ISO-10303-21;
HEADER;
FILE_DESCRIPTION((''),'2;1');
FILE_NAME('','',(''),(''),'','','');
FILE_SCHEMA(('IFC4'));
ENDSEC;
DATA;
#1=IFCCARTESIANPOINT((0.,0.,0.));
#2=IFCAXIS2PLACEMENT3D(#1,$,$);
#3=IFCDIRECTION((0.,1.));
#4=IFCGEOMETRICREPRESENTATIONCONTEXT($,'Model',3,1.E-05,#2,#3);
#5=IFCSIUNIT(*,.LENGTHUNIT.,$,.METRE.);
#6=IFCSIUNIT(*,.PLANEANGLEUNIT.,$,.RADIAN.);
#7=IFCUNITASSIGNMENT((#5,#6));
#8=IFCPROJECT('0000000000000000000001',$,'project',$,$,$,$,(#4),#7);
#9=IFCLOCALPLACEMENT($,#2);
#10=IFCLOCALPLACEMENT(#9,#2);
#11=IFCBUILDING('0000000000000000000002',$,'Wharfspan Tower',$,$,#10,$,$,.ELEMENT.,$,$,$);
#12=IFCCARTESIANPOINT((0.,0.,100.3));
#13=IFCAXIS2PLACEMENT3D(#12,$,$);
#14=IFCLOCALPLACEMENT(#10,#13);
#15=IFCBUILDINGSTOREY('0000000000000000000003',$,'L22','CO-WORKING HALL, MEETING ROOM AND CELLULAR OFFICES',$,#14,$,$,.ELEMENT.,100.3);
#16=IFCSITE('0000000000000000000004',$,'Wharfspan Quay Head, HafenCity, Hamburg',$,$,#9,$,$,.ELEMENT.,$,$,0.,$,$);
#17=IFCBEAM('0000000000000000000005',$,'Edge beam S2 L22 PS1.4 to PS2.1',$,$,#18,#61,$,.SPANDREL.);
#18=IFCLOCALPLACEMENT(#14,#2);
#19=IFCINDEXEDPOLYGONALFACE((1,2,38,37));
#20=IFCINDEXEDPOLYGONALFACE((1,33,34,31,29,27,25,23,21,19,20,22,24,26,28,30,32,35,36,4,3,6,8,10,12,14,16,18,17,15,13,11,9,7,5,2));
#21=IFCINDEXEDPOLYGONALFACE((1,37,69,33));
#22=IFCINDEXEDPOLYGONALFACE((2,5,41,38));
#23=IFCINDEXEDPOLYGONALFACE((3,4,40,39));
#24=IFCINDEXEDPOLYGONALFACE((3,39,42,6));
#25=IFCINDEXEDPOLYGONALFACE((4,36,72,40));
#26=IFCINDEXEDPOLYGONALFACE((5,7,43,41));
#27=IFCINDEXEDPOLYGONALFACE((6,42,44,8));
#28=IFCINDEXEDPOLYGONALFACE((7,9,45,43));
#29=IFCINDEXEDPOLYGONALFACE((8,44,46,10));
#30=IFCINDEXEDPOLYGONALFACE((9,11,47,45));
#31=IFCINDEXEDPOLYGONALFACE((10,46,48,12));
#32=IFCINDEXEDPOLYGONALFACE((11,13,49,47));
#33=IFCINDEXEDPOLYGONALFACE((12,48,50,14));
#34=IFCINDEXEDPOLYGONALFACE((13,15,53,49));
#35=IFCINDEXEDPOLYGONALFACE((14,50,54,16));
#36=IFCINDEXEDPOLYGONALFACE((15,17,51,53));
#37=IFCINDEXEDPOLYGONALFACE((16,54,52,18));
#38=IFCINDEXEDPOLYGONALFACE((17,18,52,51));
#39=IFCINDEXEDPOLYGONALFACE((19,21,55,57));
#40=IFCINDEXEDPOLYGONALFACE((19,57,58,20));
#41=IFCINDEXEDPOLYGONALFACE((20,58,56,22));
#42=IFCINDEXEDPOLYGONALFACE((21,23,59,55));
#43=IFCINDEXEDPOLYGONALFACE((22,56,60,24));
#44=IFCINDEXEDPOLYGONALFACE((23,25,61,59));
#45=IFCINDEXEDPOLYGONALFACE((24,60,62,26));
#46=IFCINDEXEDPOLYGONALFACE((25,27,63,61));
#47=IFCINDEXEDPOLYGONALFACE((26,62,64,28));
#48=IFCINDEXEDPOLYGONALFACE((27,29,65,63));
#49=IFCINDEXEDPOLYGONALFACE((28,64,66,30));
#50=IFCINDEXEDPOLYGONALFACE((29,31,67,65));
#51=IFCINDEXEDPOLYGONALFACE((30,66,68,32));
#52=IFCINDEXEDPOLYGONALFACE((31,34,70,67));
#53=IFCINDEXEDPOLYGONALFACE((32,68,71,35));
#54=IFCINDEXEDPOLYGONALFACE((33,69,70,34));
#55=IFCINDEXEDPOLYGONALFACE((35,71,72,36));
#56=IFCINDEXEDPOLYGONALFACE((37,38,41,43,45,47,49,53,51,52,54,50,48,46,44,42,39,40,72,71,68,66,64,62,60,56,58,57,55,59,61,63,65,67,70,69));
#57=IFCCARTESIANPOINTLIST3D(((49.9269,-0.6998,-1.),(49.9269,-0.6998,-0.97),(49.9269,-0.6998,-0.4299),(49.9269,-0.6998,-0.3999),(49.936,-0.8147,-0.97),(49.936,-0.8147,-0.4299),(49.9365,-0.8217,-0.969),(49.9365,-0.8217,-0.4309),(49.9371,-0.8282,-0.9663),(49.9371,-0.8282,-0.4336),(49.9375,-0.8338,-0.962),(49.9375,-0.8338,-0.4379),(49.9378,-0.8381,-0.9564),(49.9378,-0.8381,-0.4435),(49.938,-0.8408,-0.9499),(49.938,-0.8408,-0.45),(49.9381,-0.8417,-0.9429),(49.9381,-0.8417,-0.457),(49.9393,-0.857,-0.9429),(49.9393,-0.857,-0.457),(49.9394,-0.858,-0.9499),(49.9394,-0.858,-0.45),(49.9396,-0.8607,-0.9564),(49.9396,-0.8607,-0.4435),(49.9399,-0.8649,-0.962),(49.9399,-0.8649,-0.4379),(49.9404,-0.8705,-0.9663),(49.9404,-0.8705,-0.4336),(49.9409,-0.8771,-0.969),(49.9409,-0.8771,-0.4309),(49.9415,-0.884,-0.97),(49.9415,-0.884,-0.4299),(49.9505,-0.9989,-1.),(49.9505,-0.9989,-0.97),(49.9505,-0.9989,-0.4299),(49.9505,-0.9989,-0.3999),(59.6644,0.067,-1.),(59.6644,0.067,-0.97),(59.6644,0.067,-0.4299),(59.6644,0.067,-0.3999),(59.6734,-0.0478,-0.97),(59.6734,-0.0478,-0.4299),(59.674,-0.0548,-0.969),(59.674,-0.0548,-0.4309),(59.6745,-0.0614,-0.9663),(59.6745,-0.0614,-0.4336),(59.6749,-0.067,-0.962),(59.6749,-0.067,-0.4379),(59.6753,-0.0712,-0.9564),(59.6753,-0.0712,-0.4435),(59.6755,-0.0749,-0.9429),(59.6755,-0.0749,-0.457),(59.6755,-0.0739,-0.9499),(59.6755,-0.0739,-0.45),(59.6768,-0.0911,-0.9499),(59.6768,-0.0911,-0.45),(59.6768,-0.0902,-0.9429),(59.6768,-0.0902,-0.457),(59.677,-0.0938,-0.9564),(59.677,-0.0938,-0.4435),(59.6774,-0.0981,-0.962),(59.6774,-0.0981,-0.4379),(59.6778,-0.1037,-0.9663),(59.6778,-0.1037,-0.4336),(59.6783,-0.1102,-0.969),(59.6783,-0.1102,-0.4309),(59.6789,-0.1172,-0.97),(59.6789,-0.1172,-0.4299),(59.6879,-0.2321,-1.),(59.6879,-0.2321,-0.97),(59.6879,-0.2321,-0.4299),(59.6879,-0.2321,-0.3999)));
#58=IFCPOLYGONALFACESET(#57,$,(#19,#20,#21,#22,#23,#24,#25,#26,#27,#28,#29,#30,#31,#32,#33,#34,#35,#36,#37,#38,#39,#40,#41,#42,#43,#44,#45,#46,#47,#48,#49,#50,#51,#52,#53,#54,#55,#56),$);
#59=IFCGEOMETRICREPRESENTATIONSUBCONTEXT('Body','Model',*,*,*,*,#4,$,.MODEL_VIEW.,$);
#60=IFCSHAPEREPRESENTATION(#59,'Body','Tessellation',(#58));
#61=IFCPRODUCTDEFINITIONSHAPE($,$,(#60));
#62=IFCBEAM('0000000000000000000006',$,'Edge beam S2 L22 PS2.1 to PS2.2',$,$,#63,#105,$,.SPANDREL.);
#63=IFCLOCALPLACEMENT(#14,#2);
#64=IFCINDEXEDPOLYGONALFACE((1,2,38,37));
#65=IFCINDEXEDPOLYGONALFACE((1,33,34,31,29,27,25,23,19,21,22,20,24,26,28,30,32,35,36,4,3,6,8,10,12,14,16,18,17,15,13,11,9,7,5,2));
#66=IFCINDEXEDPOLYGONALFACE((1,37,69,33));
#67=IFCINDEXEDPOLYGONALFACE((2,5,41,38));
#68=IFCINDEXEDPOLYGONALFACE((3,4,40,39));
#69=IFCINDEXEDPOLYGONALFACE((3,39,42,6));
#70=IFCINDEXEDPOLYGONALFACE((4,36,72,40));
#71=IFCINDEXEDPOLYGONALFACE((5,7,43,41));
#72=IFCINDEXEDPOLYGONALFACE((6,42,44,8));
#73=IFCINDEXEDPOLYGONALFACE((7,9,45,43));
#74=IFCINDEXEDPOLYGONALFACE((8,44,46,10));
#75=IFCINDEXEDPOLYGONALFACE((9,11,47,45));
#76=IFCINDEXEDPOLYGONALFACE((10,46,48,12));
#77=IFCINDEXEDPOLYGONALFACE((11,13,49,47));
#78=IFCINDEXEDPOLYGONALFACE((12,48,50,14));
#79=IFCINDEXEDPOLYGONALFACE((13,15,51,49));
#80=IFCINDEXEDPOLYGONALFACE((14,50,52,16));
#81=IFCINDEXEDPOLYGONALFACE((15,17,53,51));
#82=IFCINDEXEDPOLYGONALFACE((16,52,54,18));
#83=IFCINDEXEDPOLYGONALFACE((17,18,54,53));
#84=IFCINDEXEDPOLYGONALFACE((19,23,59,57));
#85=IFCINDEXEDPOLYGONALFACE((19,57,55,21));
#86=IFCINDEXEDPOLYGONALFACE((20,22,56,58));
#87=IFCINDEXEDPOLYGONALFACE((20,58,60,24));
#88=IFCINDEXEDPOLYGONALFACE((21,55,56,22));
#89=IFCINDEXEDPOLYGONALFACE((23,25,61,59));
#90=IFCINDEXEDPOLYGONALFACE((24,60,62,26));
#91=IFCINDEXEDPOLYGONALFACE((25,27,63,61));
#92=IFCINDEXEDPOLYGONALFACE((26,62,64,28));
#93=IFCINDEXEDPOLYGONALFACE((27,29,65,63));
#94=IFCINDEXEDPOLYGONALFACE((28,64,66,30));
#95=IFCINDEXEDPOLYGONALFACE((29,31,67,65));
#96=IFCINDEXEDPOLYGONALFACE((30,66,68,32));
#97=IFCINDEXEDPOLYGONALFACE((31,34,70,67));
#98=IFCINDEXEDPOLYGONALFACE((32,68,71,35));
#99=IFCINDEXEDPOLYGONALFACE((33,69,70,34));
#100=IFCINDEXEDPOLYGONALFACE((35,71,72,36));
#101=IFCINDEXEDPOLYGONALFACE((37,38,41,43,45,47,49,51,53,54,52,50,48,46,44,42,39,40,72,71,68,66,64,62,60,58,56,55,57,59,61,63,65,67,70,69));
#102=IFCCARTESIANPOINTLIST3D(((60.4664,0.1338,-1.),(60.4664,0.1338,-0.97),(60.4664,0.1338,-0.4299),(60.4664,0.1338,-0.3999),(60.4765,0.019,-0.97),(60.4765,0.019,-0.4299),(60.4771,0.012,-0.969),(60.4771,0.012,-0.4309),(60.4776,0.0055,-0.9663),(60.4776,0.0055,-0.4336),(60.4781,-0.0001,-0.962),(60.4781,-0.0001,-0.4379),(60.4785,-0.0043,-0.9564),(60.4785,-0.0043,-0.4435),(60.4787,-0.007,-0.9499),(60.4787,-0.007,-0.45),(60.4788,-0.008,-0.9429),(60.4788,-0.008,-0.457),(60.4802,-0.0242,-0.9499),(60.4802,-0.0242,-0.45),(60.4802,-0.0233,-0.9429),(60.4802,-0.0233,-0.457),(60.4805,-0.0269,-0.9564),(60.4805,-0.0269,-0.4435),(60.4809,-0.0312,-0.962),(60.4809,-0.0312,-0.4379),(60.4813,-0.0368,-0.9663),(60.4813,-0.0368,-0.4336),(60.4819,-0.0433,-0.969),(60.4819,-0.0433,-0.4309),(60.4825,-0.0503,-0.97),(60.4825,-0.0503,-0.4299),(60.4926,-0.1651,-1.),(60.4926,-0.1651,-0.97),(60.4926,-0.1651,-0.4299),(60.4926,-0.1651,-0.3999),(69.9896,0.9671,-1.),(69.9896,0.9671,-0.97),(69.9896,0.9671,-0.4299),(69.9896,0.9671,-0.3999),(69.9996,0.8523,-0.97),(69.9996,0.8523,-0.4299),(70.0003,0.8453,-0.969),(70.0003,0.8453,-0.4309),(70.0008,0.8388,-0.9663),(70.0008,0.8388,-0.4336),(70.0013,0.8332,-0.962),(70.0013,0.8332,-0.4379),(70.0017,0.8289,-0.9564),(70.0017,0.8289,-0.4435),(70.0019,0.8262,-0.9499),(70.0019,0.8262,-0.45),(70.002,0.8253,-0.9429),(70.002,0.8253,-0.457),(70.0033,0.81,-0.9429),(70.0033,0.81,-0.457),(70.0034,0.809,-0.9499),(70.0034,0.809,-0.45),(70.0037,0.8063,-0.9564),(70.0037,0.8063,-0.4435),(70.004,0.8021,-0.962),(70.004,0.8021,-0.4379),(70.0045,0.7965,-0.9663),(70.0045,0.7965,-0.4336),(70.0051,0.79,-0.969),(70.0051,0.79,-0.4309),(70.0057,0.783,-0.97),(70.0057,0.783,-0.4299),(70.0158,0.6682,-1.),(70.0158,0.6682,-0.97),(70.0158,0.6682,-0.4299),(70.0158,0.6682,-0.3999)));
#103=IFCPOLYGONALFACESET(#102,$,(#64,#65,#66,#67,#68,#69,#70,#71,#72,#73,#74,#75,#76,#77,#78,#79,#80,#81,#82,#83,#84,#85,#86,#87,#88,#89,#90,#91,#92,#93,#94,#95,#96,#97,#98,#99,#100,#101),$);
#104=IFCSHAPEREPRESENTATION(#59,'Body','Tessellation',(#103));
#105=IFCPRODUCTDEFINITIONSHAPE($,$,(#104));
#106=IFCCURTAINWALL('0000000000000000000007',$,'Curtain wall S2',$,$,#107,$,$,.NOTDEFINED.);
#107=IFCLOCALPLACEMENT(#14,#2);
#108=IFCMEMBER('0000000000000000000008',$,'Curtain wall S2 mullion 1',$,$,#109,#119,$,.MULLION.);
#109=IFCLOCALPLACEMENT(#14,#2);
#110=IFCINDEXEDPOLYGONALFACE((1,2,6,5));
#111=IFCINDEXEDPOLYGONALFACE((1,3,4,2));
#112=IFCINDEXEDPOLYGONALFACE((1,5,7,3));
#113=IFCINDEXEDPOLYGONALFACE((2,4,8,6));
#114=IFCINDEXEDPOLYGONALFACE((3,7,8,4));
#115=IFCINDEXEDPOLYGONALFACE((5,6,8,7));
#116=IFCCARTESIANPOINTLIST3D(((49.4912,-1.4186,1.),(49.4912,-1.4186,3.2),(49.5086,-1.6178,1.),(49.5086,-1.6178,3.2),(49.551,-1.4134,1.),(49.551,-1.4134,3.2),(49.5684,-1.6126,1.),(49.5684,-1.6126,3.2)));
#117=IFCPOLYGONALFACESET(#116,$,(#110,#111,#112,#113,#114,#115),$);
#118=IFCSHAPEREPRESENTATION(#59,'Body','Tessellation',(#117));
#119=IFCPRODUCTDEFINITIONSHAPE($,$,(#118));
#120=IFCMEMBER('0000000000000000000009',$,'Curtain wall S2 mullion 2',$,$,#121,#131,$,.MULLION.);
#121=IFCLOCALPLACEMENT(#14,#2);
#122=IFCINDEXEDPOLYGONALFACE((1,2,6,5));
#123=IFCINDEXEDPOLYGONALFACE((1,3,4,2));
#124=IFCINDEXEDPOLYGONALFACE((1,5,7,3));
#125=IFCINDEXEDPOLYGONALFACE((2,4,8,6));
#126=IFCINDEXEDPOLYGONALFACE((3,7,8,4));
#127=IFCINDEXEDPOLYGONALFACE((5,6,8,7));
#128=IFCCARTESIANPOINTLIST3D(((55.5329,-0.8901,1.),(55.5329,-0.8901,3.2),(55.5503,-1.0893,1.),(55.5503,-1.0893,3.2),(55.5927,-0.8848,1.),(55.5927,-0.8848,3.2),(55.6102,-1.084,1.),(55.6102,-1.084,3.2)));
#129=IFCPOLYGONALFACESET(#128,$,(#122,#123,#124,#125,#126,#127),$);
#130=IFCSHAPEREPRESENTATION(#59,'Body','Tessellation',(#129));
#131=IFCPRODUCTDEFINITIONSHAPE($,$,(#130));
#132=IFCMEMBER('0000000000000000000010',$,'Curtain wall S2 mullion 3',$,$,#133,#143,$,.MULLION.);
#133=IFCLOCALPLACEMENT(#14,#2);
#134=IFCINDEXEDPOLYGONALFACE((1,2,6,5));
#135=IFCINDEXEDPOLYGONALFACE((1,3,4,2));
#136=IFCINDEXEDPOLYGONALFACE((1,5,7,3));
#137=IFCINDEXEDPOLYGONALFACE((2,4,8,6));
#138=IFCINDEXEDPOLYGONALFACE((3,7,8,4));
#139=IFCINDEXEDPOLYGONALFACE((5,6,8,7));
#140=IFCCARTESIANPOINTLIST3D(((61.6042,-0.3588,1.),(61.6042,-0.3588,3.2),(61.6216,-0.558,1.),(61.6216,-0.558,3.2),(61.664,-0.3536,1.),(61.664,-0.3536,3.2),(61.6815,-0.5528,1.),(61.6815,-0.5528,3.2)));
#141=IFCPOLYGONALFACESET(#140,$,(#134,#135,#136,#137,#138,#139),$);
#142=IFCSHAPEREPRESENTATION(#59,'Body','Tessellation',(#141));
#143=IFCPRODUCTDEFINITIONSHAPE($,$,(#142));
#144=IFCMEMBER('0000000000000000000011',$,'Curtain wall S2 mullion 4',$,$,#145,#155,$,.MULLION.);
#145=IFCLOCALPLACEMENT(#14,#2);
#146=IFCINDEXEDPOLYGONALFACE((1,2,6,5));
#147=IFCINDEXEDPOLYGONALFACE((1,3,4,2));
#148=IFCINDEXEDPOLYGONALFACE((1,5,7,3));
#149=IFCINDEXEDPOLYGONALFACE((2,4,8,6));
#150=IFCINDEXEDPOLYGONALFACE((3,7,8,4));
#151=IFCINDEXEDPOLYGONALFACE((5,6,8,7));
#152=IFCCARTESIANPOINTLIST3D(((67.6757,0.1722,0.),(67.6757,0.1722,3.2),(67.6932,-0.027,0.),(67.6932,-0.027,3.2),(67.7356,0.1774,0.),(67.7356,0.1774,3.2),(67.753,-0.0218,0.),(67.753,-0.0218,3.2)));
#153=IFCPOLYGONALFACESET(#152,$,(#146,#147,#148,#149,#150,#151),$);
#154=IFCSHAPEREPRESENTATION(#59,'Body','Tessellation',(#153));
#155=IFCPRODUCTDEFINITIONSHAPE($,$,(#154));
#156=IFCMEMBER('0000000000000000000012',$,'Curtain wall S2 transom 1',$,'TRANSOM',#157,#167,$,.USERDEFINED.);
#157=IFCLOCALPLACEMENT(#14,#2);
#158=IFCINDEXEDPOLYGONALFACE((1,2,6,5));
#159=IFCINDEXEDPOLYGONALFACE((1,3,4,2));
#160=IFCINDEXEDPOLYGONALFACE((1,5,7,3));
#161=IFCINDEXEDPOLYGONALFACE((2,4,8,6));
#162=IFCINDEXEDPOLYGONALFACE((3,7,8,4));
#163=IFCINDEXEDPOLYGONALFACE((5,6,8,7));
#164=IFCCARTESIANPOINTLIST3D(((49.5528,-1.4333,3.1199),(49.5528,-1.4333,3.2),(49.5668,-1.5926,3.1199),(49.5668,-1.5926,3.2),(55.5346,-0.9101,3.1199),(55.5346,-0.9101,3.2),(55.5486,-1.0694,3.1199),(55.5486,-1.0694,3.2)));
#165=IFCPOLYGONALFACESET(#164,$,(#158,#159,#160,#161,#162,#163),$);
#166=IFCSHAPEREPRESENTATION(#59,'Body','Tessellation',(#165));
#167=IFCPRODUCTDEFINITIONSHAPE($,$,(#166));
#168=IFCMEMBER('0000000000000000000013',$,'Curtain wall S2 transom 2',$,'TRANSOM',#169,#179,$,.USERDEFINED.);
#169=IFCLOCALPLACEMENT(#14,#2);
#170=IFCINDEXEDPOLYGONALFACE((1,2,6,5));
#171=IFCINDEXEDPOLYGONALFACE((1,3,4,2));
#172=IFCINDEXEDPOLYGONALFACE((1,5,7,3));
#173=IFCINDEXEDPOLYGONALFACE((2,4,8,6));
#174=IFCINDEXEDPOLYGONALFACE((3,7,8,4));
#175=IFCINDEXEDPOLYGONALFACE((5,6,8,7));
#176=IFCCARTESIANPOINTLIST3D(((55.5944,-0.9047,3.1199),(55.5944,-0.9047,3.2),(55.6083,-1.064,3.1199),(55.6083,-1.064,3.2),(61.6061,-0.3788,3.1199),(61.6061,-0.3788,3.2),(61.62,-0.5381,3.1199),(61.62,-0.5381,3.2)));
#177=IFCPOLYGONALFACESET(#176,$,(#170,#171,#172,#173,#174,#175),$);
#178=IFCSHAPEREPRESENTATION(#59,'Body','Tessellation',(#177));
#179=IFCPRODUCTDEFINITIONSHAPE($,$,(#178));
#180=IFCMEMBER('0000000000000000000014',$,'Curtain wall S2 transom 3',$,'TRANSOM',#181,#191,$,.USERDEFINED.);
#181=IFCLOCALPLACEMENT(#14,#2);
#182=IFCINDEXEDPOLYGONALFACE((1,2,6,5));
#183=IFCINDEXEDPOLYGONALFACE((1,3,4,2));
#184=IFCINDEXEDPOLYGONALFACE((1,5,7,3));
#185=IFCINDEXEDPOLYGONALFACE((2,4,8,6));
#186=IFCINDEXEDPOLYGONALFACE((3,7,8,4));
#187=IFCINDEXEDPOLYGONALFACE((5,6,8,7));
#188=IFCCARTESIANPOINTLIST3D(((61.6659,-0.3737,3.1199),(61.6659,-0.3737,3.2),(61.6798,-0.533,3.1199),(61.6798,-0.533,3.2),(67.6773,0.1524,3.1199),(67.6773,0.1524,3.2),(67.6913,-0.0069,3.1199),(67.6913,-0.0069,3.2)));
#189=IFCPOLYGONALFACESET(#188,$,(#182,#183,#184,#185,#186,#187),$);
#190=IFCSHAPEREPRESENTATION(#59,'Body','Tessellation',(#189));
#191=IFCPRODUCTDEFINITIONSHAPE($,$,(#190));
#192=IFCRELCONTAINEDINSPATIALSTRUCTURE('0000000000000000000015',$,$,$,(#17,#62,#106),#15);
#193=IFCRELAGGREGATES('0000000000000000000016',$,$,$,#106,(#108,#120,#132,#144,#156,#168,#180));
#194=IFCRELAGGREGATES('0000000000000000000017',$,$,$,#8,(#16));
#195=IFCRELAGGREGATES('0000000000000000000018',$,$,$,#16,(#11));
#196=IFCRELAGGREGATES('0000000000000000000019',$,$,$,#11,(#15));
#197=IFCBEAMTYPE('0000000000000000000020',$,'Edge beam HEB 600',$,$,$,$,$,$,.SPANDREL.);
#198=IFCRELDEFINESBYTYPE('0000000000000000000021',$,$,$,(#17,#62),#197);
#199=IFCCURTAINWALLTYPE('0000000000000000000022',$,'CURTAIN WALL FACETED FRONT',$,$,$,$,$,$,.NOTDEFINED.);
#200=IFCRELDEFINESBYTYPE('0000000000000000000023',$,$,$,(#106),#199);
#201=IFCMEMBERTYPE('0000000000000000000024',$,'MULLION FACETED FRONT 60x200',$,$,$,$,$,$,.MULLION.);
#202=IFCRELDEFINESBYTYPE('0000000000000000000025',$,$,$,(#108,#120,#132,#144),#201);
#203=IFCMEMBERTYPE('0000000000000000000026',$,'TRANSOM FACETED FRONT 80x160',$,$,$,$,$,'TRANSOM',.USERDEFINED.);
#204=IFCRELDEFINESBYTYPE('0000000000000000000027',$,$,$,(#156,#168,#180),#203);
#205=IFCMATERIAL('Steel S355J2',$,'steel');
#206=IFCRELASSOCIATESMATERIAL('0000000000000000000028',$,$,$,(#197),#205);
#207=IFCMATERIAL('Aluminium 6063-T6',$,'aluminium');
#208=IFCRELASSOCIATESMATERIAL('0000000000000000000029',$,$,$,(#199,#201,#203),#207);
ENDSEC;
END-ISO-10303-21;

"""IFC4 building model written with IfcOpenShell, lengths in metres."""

from ifc_helpers import new_model, si_unit, direction, frame, origin, origin_2d, place, context, subcontext, project, spatial, rectangle, i_section, extrude, material, material_profile, profile_set, type_object, element, aggregate, save


model = new_model("IFC4")

# Units and contexts
model_context = context("Model", 3, precision=1e-05, world=origin(), true_north=direction((0.0, 1.0)))
body_context = subcontext(model_context, "Body", "Model", "MODEL_VIEW")
ifc_project = project(units=[si_unit("LENGTHUNIT", "METRE"), si_unit("PLANEANGLEUNIT", "RADIAN")], contexts=[model_context])

# Site, building, storey
site_placement = place(None, origin())
site = spatial("IfcSite", under=ifc_project, at=site_placement, Name="Wharfspan Quay Head, HafenCity, Hamburg", CompositionType="ELEMENT", RefElevation=0.0)
building_placement = place(site_placement, origin())
building = spatial("IfcBuilding", under=site, at=building_placement, Name="Wharfspan Tower", CompositionType="ELEMENT")
storey_placement = place(building_placement, frame((0.0, 0.0, 100.3)))
storey = spatial("IfcBuildingStorey", under=building, at=storey_placement, Name="L22", Description="CO-WORKING HALL, MEETING ROOM AND CELLULAR OFFICES", CompositionType="ELEMENT", Elevation=100.3)

# Shared definitions
ifc_material_1 = material(Name="Steel S355J2", Category="steel")

# Beams
ifc_material_profile_1 = material_profile(ifc_material_1, i_section(OverallWidth=0.3, OverallDepth=0.6001, WebThickness=0.0154, FlangeThickness=0.03, FilletRadius=0.0271, at=origin_2d()))
ifc_profile_set_1 = profile_set([ifc_material_profile_1], Name="Steel S355J2")
beam_type = type_object("IfcBeamType", Name="Edge beam HEB 600", PredefinedType="SPANDREL", material=ifc_profile_set_1)
beam_1_placement = place(storey_placement, frame((49.9387, -0.8494, -0.7), z_axis=(0.996913, 0.078508, 0.0), x_axis=(-0.078508, 0.996913, 0.0)))
element("IfcBeam", 1, at=beam_1_placement, inside=storey, type_object=beam_type, Name="Edge beam S2 L22 PS1.4 to PS2.1", PredefinedType="SPANDREL", context=body_context, shape_type="SweptSolid", body=[
    extrude(i_section(OverallWidth=0.3, OverallDepth=0.6001, WebThickness=0.0154, FlangeThickness=0.03, FilletRadius=0.0271, at=origin_2d()), origin(), (0.0, 0.0, 1.0), 9.7676),
])
beam_2_placement = place(storey_placement, frame((60.4795, -0.0156, -0.7), z_axis=(0.996194, 0.087164, 0.0), x_axis=(-0.087164, 0.996194, 0.0)))
element("IfcBeam", 2, at=beam_2_placement, inside=storey, type_object=beam_type, Name="Edge beam S2 L22 PS2.1 to PS2.2", PredefinedType="SPANDREL", context=body_context, shape_type="SweptSolid", body=[
    extrude(i_section(OverallWidth=0.3, OverallDepth=0.6001, WebThickness=0.0154, FlangeThickness=0.03, FilletRadius=0.0271, at=origin_2d()), origin(), (0.0, 0.0, 1.0), 9.5596),
])

# Curtain wall, members
ifc_material_2 = material(Name="Aluminium 6063-T6", Category="aluminium")
curtain_wall_type = type_object("IfcCurtainWallType", Name="CURTAIN WALL FACETED FRONT", PredefinedType="NOTDEFINED", material=ifc_material_2)
curtain_wall_placement = place(storey_placement, origin())
curtain_wall = element("IfcCurtainWall", 3, at=curtain_wall_placement, inside=storey, type_object=curtain_wall_type, Name="Curtain wall S2", PredefinedType="NOTDEFINED")
ifc_material_profile_2 = material_profile(ifc_material_2, rectangle(XDim=0.2, YDim=0.0601, at=origin_2d()))
ifc_profile_set_2 = profile_set([ifc_material_profile_2], Name="Aluminium 6063-T6")
member_type_1 = type_object("IfcMemberType", Name="MULLION FACETED FRONT 60x200", PredefinedType="MULLION", material=ifc_profile_set_2)
member_1_placement = place(storey_placement, frame((49.5298, -1.5156, 1.0), z_axis=(0.0, 0.0, 1.0), x_axis=(-0.087156, 0.996198, 0.0)))
member_1 = element("IfcMember", 4, at=member_1_placement, type_object=member_type_1, Name="Curtain wall S2 mullion 1", PredefinedType="MULLION", context=body_context, shape_type="SweptSolid", body=[
    extrude(rectangle(XDim=0.2, YDim=0.0601, at=origin_2d()), origin(), (0.0, 0.0, 1.0), 2.2),
])
member_2_placement = place(storey_placement, frame((55.5715, -0.9871, 1.0), z_axis=(0.0, 0.0, 1.0), x_axis=(-0.087156, 0.996198, 0.0)))
member_2 = element("IfcMember", 5, at=member_2_placement, type_object=member_type_1, Name="Curtain wall S2 mullion 2", PredefinedType="MULLION", context=body_context, shape_type="SweptSolid", body=[
    extrude(rectangle(XDim=0.2, YDim=0.0601, at=origin_2d()), origin(), (0.0, 0.0, 1.0), 2.2),
])
member_3_placement = place(storey_placement, frame((61.6428, -0.4558, 1.0), z_axis=(0.0, 0.0, 1.0), x_axis=(-0.087156, 0.996198, 0.0)))
member_3 = element("IfcMember", 6, at=member_3_placement, type_object=member_type_1, Name="Curtain wall S2 mullion 3", PredefinedType="MULLION", context=body_context, shape_type="SweptSolid", body=[
    extrude(rectangle(XDim=0.2, YDim=0.0601, at=origin_2d()), origin(), (0.0, 0.0, 1.0), 2.2),
])
member_4_placement = place(storey_placement, frame((67.7144, 0.0752, 0.0), z_axis=(0.0, 0.0, 1.0), x_axis=(-0.087156, 0.996198, 0.0)))
member_4 = element("IfcMember", 7, at=member_4_placement, type_object=member_type_1, Name="Curtain wall S2 mullion 4", PredefinedType="MULLION", context=body_context, shape_type="SweptSolid", body=[
    extrude(rectangle(XDim=0.2, YDim=0.0601, at=origin_2d()), origin(), (0.0, 0.0, 1.0), 3.2),
])
ifc_material_profile_3 = material_profile(ifc_material_2, rectangle(XDim=0.1599, YDim=0.0801, at=origin_2d()))
ifc_profile_set_3 = profile_set([ifc_material_profile_3], Name="Aluminium 6063-T6")
member_type_2 = type_object("IfcMemberType", Name="TRANSOM FACETED FRONT 80x160", ElementType="TRANSOM", PredefinedType="USERDEFINED", material=ifc_profile_set_3)
member_5_placement = place(storey_placement, frame((49.5598, -1.5129, 3.1599), z_axis=(0.996197, 0.087133, 0.0), x_axis=(-0.087133, 0.996197, 0.0)))
member_5 = element("IfcMember", 8, at=member_5_placement, type_object=member_type_2, Name="Curtain wall S2 transom 1", ObjectType="TRANSOM", PredefinedType="USERDEFINED", context=body_context, shape_type="SweptSolid", body=[
    extrude(rectangle(XDim=0.1599, YDim=0.0801, at=origin_2d()), origin(), (0.0, 0.0, 1.0), 6.0046),
])
member_6_placement = place(storey_placement, frame((55.6013, -0.9844, 3.1599), z_axis=(0.996196, 0.087143, 0.0), x_axis=(-0.087143, 0.996196, 0.0)))
member_6 = element("IfcMember", 9, at=member_6_placement, type_object=member_type_2, Name="Curtain wall S2 transom 2", ObjectType="TRANSOM", PredefinedType="USERDEFINED", context=body_context, shape_type="SweptSolid", body=[
    extrude(rectangle(XDim=0.1599, YDim=0.0801, at=origin_2d()), origin(), (0.0, 0.0, 1.0), 6.0347),
])
member_7_placement = place(storey_placement, frame((61.6729, -0.4534, 3.1599), z_axis=(0.996192, 0.087187, 0.0), x_axis=(-0.087187, 0.996192, 0.0)))
member_7 = element("IfcMember", 10, at=member_7_placement, type_object=member_type_2, Name="Curtain wall S2 transom 3", ObjectType="TRANSOM", PredefinedType="USERDEFINED", context=body_context, shape_type="SweptSolid", body=[
    extrude(rectangle(XDim=0.1599, YDim=0.0801, at=origin_2d()), origin(), (0.0, 0.0, 1.0), 6.0344),
])
aggregate(curtain_wall, [member_1, member_2, member_3, member_4, member_5, member_6, member_7])

save(model, "model.ifc")
